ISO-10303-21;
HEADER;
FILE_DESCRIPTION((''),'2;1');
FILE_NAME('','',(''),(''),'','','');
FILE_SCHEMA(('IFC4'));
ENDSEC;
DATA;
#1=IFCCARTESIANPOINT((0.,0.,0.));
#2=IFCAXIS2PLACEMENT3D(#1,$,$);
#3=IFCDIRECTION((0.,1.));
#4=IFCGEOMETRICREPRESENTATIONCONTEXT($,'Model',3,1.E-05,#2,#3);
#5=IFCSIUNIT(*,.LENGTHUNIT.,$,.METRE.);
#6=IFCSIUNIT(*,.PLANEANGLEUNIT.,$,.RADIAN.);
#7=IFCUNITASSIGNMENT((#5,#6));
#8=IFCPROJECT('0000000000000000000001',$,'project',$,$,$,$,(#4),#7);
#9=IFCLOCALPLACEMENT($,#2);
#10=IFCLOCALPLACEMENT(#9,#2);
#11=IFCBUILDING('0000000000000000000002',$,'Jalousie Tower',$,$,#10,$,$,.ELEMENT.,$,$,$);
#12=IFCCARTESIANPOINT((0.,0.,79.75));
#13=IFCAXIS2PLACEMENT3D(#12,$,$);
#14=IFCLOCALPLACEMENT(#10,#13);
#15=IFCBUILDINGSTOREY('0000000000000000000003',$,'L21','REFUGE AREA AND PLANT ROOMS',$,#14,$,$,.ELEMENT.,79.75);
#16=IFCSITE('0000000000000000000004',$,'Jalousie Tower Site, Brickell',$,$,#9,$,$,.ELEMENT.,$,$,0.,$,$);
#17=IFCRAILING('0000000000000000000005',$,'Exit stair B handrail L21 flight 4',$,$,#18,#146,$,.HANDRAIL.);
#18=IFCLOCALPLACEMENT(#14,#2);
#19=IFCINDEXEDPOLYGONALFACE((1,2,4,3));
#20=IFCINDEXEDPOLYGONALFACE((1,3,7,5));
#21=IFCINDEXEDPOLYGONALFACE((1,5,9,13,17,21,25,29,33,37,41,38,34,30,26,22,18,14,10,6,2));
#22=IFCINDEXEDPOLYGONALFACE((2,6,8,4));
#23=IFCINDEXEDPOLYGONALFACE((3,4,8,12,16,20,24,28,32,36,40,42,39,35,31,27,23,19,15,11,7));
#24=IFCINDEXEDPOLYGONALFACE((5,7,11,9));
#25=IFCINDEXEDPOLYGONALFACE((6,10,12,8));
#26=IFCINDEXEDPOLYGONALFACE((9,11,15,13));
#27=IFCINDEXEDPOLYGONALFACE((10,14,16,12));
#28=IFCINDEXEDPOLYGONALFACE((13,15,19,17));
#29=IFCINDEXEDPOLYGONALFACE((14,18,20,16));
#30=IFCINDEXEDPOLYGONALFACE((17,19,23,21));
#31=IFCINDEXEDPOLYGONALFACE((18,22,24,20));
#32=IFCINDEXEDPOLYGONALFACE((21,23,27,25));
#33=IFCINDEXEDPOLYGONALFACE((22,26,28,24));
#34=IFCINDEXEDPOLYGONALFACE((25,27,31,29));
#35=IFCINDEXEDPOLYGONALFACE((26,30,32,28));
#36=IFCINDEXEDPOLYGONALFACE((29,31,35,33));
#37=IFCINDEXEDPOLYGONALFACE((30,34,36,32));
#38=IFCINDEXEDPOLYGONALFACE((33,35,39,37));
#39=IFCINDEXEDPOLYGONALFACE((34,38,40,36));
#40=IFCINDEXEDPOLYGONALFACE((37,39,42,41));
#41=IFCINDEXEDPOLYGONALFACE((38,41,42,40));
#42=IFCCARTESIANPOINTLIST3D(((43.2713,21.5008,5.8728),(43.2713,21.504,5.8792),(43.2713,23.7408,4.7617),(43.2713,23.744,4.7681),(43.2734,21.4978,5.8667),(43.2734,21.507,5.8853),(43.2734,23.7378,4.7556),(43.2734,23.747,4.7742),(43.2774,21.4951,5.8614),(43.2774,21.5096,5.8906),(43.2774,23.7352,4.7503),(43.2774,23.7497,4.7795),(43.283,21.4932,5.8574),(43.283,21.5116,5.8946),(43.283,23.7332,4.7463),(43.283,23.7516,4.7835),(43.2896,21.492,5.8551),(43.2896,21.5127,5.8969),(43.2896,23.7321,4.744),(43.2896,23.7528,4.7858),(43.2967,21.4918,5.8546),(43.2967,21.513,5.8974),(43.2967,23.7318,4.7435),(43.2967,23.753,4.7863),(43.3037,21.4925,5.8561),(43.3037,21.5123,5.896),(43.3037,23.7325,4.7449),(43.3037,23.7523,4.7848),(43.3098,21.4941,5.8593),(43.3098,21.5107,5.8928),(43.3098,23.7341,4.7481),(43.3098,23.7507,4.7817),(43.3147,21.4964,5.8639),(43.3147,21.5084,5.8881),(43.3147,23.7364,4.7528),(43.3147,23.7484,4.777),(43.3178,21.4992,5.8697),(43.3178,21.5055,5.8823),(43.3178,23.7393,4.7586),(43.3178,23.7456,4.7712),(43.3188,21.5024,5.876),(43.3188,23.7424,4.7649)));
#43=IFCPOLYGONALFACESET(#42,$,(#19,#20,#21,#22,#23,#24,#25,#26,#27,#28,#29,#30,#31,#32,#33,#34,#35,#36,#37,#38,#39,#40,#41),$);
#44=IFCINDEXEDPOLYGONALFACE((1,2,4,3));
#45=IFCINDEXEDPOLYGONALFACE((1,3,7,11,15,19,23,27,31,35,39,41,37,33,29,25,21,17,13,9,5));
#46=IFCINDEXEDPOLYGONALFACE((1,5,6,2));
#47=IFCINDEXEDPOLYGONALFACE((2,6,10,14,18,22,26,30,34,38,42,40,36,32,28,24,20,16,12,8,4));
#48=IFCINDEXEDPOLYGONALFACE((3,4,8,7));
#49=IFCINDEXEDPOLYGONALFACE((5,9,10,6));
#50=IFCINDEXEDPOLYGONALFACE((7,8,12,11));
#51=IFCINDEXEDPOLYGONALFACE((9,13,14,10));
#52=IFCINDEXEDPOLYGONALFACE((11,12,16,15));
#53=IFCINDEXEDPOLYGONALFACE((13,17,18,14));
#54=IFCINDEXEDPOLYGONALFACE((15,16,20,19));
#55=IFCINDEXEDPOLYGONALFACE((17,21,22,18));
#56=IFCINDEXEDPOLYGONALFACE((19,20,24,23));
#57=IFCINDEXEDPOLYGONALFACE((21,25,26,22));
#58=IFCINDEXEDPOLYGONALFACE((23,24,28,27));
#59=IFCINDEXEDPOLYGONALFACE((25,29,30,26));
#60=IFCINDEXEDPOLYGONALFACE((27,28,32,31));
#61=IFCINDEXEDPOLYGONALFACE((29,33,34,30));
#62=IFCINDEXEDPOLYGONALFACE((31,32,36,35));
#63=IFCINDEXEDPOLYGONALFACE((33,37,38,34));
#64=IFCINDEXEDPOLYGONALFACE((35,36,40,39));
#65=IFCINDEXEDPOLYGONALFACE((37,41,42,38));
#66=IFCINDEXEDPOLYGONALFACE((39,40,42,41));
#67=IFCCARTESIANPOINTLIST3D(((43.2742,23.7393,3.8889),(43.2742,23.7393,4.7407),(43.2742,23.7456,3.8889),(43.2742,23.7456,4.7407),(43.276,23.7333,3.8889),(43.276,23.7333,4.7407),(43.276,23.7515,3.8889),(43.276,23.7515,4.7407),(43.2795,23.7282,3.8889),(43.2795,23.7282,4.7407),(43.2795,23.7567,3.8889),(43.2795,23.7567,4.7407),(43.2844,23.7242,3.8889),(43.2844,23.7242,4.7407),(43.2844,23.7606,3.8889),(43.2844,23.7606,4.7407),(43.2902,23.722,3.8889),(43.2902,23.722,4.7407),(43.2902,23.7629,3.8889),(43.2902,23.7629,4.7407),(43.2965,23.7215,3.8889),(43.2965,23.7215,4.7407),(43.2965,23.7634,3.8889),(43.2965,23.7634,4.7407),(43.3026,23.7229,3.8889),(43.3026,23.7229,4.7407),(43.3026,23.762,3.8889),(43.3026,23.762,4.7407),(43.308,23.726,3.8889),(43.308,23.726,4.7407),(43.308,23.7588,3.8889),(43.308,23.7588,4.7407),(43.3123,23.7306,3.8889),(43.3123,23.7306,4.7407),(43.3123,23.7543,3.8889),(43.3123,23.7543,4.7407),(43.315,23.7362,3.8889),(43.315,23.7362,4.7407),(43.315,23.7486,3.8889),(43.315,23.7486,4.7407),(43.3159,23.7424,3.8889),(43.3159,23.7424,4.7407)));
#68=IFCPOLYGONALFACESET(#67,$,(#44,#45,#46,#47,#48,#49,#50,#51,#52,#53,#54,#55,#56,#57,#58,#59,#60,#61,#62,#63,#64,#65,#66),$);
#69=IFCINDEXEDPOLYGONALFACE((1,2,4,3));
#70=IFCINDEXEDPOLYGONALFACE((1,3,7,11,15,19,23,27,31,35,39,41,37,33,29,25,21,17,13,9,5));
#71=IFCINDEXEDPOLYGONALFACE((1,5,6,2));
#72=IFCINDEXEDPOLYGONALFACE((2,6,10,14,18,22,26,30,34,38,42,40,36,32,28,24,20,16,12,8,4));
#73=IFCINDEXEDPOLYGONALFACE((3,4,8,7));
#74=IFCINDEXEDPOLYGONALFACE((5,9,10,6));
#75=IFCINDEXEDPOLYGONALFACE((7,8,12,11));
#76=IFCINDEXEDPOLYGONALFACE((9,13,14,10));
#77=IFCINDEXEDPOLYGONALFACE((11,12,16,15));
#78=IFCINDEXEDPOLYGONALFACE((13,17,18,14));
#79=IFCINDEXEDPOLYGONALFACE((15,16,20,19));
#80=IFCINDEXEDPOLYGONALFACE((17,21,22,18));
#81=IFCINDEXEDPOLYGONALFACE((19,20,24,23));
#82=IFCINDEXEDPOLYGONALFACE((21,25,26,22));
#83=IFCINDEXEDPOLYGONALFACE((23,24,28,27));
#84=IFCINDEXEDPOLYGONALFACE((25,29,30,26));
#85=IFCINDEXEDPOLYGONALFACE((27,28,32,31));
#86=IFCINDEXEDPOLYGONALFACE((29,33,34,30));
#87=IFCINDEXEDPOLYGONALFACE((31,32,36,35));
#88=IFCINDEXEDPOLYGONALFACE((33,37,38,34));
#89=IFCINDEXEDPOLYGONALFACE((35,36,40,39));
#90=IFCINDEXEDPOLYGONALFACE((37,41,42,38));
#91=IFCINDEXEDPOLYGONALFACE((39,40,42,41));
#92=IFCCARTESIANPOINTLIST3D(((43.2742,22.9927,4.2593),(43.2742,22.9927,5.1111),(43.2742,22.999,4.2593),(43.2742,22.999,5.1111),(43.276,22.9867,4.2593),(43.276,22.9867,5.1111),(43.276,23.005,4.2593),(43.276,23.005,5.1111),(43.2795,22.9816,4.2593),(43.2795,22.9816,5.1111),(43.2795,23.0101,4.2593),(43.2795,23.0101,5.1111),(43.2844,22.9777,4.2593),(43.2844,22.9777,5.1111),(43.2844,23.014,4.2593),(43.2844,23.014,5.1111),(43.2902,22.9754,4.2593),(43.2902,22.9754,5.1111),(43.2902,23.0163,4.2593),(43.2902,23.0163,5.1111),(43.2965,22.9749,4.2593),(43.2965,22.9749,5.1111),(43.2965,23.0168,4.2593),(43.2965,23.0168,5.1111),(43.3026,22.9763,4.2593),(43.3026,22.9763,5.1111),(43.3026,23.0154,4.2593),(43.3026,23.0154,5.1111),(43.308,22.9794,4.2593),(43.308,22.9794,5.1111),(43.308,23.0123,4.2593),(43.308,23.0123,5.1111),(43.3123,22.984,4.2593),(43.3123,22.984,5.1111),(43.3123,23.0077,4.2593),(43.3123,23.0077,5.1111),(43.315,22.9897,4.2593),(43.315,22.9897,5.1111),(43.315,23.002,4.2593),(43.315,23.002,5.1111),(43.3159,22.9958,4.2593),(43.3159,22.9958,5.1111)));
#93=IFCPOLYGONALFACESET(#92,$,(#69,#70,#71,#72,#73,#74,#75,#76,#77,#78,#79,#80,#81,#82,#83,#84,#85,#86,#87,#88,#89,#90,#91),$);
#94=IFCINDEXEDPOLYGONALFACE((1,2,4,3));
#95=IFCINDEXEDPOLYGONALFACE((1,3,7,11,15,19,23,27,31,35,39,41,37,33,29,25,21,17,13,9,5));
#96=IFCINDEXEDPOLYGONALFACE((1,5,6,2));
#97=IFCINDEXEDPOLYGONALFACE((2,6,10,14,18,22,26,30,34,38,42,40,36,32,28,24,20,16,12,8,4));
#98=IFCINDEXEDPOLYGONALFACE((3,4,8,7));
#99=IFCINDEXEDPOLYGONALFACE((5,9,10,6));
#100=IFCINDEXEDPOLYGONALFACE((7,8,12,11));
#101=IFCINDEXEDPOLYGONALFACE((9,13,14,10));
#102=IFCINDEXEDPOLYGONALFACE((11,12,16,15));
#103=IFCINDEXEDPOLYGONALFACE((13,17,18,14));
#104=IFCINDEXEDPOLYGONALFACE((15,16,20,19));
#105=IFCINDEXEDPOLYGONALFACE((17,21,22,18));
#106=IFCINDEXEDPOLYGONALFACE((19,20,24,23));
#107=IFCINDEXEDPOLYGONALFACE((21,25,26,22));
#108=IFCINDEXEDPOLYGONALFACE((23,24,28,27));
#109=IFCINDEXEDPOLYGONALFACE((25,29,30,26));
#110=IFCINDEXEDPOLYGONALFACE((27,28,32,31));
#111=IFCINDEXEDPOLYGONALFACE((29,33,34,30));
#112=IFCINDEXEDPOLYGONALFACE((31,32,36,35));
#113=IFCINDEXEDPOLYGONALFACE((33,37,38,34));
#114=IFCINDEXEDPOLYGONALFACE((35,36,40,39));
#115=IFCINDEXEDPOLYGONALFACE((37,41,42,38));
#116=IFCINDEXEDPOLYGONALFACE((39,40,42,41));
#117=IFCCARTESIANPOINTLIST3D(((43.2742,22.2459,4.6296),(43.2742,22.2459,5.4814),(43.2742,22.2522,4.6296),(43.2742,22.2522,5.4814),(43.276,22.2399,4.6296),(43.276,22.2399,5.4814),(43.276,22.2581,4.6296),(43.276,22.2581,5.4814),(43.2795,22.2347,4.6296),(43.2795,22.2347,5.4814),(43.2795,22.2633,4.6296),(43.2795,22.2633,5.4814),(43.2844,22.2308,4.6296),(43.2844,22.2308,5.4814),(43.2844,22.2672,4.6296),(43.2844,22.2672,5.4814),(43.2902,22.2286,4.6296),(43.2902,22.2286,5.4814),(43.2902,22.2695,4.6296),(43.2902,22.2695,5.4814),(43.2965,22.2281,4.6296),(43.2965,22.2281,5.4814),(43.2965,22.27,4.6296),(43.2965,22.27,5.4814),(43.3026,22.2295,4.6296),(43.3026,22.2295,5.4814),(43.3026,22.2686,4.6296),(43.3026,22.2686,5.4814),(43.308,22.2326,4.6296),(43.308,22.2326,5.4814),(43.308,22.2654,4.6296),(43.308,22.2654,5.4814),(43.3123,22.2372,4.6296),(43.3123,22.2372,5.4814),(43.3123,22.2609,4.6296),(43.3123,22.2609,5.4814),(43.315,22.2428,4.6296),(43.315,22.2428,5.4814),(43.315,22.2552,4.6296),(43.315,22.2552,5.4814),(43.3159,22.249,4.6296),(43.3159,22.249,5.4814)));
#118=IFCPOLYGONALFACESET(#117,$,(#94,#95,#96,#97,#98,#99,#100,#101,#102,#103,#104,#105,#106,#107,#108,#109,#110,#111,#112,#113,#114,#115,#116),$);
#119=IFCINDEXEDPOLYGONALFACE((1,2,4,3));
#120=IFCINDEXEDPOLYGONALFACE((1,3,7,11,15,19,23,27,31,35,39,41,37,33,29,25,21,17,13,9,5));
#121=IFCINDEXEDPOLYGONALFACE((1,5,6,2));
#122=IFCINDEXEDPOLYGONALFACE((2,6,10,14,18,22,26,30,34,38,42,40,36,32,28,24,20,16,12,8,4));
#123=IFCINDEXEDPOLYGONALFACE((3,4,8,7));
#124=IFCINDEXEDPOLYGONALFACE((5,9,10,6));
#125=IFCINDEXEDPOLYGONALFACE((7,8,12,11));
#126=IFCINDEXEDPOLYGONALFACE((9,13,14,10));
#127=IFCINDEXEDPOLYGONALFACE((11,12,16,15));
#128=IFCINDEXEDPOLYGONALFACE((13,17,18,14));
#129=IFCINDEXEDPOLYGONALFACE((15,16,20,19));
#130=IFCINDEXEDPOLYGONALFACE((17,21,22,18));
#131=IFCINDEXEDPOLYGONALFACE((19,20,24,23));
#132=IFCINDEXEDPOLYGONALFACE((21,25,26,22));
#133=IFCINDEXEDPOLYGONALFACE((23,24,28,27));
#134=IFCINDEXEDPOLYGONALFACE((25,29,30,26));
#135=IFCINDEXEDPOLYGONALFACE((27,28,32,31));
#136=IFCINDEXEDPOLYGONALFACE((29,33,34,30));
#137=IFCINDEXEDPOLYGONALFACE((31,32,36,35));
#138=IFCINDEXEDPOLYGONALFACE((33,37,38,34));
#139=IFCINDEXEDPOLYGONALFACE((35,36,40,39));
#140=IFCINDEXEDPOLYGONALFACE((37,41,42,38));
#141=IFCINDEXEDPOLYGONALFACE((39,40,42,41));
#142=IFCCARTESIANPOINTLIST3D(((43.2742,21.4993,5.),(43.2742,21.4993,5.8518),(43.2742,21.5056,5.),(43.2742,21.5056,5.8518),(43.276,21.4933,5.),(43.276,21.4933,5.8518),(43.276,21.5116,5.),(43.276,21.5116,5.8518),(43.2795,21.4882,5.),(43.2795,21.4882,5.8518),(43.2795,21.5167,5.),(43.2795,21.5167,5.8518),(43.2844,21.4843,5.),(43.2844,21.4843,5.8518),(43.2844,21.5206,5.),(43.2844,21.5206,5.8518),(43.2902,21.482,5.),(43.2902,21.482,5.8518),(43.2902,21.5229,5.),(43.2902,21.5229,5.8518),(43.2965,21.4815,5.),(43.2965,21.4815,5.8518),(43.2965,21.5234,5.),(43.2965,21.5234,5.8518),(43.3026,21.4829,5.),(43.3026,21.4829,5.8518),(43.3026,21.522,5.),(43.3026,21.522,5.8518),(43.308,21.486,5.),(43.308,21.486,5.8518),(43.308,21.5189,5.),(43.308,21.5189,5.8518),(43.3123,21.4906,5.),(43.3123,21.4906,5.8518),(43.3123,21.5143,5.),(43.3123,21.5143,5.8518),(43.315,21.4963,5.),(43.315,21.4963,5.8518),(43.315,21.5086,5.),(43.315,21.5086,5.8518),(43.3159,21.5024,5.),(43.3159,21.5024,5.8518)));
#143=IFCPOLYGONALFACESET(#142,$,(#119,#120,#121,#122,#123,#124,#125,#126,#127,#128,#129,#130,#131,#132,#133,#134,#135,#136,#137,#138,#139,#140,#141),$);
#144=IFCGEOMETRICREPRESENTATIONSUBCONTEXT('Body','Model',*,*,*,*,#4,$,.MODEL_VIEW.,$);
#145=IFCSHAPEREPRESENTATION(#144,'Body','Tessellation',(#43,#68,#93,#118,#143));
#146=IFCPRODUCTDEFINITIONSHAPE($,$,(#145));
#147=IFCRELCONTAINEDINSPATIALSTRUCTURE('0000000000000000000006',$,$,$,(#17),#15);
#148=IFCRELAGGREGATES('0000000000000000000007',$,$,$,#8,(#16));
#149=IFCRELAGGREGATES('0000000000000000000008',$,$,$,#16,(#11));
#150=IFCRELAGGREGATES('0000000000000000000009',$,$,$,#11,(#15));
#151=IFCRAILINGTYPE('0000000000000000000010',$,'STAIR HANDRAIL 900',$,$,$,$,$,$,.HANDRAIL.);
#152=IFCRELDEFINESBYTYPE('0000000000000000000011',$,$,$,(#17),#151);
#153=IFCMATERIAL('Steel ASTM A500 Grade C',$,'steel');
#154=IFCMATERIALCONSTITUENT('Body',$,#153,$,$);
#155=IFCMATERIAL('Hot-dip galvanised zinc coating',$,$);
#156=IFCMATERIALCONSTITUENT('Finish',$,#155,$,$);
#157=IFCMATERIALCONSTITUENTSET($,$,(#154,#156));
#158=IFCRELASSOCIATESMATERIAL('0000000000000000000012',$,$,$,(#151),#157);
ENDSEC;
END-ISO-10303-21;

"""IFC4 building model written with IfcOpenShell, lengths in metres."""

from ifc_helpers import new_model, si_unit, direction, frame, origin, origin_2d, place, context, subcontext, project, spatial, circle, extrude, material, constituent, constituent_set, type_object, element, save


model = new_model("IFC4")

# Units and contexts
model_context = context("Model", 3, precision=1e-05, world=origin(), true_north=direction((0.0, 1.0)))
body_context = subcontext(model_context, "Body", "Model", "MODEL_VIEW")
ifc_project = project(units=[si_unit("LENGTHUNIT", "METRE"), si_unit("PLANEANGLEUNIT", "RADIAN")], contexts=[model_context])

# Site, building, storey
site_placement = place(None, origin())
site = spatial("IfcSite", under=ifc_project, at=site_placement, Name="Jalousie Tower Site, Brickell", CompositionType="ELEMENT", RefElevation=0.0)
building_placement = place(site_placement, origin())
building = spatial("IfcBuilding", under=site, at=building_placement, Name="Jalousie Tower", CompositionType="ELEMENT")
storey_placement = place(building_placement, frame((0.0, 0.0, 79.75)))
storey = spatial("IfcBuildingStorey", under=building, at=storey_placement, Name="L21", Description="REFUGE AREA AND PLANT ROOMS", CompositionType="ELEMENT", Elevation=79.75)

# Railing
ifc_material_1 = material(Name="Steel ASTM A500 Grade C", Category="steel")
ifc_constituent_1 = constituent(ifc_material_1, Name="Body")
ifc_material_2 = material(Name="Hot-dip galvanised zinc coating")
ifc_constituent_2 = constituent(ifc_material_2, Name="Finish")
ifc_constituent_set_1 = constituent_set(constituents=[ifc_constituent_1, ifc_constituent_2])
railing_type_1 = type_object("IfcRailingType", Name="STAIR HANDRAIL 900", PredefinedType="HANDRAIL", material=ifc_constituent_set_1)
railing_1_placement = place(storey_placement, frame((43.2949, 23.7424, 3.8889)))
element("IfcRailing", 1, at=railing_1_placement, inside=storey, type_object=railing_type_1, Name="Exit stair B handrail L21 flight 4", PredefinedType="HANDRAIL", context=body_context, shape_type="SweptSolid", body=[
    extrude(circle(Radius=0.0239, at=origin_2d()), frame((0.0, 0.0, 0.876), z_axis=(0.0, -0.895848, 0.44436), x_axis=(1.0, 0.0, 0.0)), (0.0, 0.0, 1.0), 2.5005),
    extrude(circle(Radius=0.021, at=origin_2d()), origin(), (0.0, 0.0, 1.0), 0.8518),
    extrude(circle(Radius=0.021, at=origin_2d()), frame((0.0, -0.7466, 0.3704)), (0.0, 0.0, 1.0), 0.8518),
    extrude(circle(Radius=0.021, at=origin_2d()), frame((0.0, -1.4934, 0.7407)), (0.0, 0.0, 1.0), 0.8518),
    extrude(circle(Radius=0.021, at=origin_2d()), frame((0.0, -2.24, 1.1111)), (0.0, 0.0, 1.0), 0.8518),
])

save(model, "model.ifc")
